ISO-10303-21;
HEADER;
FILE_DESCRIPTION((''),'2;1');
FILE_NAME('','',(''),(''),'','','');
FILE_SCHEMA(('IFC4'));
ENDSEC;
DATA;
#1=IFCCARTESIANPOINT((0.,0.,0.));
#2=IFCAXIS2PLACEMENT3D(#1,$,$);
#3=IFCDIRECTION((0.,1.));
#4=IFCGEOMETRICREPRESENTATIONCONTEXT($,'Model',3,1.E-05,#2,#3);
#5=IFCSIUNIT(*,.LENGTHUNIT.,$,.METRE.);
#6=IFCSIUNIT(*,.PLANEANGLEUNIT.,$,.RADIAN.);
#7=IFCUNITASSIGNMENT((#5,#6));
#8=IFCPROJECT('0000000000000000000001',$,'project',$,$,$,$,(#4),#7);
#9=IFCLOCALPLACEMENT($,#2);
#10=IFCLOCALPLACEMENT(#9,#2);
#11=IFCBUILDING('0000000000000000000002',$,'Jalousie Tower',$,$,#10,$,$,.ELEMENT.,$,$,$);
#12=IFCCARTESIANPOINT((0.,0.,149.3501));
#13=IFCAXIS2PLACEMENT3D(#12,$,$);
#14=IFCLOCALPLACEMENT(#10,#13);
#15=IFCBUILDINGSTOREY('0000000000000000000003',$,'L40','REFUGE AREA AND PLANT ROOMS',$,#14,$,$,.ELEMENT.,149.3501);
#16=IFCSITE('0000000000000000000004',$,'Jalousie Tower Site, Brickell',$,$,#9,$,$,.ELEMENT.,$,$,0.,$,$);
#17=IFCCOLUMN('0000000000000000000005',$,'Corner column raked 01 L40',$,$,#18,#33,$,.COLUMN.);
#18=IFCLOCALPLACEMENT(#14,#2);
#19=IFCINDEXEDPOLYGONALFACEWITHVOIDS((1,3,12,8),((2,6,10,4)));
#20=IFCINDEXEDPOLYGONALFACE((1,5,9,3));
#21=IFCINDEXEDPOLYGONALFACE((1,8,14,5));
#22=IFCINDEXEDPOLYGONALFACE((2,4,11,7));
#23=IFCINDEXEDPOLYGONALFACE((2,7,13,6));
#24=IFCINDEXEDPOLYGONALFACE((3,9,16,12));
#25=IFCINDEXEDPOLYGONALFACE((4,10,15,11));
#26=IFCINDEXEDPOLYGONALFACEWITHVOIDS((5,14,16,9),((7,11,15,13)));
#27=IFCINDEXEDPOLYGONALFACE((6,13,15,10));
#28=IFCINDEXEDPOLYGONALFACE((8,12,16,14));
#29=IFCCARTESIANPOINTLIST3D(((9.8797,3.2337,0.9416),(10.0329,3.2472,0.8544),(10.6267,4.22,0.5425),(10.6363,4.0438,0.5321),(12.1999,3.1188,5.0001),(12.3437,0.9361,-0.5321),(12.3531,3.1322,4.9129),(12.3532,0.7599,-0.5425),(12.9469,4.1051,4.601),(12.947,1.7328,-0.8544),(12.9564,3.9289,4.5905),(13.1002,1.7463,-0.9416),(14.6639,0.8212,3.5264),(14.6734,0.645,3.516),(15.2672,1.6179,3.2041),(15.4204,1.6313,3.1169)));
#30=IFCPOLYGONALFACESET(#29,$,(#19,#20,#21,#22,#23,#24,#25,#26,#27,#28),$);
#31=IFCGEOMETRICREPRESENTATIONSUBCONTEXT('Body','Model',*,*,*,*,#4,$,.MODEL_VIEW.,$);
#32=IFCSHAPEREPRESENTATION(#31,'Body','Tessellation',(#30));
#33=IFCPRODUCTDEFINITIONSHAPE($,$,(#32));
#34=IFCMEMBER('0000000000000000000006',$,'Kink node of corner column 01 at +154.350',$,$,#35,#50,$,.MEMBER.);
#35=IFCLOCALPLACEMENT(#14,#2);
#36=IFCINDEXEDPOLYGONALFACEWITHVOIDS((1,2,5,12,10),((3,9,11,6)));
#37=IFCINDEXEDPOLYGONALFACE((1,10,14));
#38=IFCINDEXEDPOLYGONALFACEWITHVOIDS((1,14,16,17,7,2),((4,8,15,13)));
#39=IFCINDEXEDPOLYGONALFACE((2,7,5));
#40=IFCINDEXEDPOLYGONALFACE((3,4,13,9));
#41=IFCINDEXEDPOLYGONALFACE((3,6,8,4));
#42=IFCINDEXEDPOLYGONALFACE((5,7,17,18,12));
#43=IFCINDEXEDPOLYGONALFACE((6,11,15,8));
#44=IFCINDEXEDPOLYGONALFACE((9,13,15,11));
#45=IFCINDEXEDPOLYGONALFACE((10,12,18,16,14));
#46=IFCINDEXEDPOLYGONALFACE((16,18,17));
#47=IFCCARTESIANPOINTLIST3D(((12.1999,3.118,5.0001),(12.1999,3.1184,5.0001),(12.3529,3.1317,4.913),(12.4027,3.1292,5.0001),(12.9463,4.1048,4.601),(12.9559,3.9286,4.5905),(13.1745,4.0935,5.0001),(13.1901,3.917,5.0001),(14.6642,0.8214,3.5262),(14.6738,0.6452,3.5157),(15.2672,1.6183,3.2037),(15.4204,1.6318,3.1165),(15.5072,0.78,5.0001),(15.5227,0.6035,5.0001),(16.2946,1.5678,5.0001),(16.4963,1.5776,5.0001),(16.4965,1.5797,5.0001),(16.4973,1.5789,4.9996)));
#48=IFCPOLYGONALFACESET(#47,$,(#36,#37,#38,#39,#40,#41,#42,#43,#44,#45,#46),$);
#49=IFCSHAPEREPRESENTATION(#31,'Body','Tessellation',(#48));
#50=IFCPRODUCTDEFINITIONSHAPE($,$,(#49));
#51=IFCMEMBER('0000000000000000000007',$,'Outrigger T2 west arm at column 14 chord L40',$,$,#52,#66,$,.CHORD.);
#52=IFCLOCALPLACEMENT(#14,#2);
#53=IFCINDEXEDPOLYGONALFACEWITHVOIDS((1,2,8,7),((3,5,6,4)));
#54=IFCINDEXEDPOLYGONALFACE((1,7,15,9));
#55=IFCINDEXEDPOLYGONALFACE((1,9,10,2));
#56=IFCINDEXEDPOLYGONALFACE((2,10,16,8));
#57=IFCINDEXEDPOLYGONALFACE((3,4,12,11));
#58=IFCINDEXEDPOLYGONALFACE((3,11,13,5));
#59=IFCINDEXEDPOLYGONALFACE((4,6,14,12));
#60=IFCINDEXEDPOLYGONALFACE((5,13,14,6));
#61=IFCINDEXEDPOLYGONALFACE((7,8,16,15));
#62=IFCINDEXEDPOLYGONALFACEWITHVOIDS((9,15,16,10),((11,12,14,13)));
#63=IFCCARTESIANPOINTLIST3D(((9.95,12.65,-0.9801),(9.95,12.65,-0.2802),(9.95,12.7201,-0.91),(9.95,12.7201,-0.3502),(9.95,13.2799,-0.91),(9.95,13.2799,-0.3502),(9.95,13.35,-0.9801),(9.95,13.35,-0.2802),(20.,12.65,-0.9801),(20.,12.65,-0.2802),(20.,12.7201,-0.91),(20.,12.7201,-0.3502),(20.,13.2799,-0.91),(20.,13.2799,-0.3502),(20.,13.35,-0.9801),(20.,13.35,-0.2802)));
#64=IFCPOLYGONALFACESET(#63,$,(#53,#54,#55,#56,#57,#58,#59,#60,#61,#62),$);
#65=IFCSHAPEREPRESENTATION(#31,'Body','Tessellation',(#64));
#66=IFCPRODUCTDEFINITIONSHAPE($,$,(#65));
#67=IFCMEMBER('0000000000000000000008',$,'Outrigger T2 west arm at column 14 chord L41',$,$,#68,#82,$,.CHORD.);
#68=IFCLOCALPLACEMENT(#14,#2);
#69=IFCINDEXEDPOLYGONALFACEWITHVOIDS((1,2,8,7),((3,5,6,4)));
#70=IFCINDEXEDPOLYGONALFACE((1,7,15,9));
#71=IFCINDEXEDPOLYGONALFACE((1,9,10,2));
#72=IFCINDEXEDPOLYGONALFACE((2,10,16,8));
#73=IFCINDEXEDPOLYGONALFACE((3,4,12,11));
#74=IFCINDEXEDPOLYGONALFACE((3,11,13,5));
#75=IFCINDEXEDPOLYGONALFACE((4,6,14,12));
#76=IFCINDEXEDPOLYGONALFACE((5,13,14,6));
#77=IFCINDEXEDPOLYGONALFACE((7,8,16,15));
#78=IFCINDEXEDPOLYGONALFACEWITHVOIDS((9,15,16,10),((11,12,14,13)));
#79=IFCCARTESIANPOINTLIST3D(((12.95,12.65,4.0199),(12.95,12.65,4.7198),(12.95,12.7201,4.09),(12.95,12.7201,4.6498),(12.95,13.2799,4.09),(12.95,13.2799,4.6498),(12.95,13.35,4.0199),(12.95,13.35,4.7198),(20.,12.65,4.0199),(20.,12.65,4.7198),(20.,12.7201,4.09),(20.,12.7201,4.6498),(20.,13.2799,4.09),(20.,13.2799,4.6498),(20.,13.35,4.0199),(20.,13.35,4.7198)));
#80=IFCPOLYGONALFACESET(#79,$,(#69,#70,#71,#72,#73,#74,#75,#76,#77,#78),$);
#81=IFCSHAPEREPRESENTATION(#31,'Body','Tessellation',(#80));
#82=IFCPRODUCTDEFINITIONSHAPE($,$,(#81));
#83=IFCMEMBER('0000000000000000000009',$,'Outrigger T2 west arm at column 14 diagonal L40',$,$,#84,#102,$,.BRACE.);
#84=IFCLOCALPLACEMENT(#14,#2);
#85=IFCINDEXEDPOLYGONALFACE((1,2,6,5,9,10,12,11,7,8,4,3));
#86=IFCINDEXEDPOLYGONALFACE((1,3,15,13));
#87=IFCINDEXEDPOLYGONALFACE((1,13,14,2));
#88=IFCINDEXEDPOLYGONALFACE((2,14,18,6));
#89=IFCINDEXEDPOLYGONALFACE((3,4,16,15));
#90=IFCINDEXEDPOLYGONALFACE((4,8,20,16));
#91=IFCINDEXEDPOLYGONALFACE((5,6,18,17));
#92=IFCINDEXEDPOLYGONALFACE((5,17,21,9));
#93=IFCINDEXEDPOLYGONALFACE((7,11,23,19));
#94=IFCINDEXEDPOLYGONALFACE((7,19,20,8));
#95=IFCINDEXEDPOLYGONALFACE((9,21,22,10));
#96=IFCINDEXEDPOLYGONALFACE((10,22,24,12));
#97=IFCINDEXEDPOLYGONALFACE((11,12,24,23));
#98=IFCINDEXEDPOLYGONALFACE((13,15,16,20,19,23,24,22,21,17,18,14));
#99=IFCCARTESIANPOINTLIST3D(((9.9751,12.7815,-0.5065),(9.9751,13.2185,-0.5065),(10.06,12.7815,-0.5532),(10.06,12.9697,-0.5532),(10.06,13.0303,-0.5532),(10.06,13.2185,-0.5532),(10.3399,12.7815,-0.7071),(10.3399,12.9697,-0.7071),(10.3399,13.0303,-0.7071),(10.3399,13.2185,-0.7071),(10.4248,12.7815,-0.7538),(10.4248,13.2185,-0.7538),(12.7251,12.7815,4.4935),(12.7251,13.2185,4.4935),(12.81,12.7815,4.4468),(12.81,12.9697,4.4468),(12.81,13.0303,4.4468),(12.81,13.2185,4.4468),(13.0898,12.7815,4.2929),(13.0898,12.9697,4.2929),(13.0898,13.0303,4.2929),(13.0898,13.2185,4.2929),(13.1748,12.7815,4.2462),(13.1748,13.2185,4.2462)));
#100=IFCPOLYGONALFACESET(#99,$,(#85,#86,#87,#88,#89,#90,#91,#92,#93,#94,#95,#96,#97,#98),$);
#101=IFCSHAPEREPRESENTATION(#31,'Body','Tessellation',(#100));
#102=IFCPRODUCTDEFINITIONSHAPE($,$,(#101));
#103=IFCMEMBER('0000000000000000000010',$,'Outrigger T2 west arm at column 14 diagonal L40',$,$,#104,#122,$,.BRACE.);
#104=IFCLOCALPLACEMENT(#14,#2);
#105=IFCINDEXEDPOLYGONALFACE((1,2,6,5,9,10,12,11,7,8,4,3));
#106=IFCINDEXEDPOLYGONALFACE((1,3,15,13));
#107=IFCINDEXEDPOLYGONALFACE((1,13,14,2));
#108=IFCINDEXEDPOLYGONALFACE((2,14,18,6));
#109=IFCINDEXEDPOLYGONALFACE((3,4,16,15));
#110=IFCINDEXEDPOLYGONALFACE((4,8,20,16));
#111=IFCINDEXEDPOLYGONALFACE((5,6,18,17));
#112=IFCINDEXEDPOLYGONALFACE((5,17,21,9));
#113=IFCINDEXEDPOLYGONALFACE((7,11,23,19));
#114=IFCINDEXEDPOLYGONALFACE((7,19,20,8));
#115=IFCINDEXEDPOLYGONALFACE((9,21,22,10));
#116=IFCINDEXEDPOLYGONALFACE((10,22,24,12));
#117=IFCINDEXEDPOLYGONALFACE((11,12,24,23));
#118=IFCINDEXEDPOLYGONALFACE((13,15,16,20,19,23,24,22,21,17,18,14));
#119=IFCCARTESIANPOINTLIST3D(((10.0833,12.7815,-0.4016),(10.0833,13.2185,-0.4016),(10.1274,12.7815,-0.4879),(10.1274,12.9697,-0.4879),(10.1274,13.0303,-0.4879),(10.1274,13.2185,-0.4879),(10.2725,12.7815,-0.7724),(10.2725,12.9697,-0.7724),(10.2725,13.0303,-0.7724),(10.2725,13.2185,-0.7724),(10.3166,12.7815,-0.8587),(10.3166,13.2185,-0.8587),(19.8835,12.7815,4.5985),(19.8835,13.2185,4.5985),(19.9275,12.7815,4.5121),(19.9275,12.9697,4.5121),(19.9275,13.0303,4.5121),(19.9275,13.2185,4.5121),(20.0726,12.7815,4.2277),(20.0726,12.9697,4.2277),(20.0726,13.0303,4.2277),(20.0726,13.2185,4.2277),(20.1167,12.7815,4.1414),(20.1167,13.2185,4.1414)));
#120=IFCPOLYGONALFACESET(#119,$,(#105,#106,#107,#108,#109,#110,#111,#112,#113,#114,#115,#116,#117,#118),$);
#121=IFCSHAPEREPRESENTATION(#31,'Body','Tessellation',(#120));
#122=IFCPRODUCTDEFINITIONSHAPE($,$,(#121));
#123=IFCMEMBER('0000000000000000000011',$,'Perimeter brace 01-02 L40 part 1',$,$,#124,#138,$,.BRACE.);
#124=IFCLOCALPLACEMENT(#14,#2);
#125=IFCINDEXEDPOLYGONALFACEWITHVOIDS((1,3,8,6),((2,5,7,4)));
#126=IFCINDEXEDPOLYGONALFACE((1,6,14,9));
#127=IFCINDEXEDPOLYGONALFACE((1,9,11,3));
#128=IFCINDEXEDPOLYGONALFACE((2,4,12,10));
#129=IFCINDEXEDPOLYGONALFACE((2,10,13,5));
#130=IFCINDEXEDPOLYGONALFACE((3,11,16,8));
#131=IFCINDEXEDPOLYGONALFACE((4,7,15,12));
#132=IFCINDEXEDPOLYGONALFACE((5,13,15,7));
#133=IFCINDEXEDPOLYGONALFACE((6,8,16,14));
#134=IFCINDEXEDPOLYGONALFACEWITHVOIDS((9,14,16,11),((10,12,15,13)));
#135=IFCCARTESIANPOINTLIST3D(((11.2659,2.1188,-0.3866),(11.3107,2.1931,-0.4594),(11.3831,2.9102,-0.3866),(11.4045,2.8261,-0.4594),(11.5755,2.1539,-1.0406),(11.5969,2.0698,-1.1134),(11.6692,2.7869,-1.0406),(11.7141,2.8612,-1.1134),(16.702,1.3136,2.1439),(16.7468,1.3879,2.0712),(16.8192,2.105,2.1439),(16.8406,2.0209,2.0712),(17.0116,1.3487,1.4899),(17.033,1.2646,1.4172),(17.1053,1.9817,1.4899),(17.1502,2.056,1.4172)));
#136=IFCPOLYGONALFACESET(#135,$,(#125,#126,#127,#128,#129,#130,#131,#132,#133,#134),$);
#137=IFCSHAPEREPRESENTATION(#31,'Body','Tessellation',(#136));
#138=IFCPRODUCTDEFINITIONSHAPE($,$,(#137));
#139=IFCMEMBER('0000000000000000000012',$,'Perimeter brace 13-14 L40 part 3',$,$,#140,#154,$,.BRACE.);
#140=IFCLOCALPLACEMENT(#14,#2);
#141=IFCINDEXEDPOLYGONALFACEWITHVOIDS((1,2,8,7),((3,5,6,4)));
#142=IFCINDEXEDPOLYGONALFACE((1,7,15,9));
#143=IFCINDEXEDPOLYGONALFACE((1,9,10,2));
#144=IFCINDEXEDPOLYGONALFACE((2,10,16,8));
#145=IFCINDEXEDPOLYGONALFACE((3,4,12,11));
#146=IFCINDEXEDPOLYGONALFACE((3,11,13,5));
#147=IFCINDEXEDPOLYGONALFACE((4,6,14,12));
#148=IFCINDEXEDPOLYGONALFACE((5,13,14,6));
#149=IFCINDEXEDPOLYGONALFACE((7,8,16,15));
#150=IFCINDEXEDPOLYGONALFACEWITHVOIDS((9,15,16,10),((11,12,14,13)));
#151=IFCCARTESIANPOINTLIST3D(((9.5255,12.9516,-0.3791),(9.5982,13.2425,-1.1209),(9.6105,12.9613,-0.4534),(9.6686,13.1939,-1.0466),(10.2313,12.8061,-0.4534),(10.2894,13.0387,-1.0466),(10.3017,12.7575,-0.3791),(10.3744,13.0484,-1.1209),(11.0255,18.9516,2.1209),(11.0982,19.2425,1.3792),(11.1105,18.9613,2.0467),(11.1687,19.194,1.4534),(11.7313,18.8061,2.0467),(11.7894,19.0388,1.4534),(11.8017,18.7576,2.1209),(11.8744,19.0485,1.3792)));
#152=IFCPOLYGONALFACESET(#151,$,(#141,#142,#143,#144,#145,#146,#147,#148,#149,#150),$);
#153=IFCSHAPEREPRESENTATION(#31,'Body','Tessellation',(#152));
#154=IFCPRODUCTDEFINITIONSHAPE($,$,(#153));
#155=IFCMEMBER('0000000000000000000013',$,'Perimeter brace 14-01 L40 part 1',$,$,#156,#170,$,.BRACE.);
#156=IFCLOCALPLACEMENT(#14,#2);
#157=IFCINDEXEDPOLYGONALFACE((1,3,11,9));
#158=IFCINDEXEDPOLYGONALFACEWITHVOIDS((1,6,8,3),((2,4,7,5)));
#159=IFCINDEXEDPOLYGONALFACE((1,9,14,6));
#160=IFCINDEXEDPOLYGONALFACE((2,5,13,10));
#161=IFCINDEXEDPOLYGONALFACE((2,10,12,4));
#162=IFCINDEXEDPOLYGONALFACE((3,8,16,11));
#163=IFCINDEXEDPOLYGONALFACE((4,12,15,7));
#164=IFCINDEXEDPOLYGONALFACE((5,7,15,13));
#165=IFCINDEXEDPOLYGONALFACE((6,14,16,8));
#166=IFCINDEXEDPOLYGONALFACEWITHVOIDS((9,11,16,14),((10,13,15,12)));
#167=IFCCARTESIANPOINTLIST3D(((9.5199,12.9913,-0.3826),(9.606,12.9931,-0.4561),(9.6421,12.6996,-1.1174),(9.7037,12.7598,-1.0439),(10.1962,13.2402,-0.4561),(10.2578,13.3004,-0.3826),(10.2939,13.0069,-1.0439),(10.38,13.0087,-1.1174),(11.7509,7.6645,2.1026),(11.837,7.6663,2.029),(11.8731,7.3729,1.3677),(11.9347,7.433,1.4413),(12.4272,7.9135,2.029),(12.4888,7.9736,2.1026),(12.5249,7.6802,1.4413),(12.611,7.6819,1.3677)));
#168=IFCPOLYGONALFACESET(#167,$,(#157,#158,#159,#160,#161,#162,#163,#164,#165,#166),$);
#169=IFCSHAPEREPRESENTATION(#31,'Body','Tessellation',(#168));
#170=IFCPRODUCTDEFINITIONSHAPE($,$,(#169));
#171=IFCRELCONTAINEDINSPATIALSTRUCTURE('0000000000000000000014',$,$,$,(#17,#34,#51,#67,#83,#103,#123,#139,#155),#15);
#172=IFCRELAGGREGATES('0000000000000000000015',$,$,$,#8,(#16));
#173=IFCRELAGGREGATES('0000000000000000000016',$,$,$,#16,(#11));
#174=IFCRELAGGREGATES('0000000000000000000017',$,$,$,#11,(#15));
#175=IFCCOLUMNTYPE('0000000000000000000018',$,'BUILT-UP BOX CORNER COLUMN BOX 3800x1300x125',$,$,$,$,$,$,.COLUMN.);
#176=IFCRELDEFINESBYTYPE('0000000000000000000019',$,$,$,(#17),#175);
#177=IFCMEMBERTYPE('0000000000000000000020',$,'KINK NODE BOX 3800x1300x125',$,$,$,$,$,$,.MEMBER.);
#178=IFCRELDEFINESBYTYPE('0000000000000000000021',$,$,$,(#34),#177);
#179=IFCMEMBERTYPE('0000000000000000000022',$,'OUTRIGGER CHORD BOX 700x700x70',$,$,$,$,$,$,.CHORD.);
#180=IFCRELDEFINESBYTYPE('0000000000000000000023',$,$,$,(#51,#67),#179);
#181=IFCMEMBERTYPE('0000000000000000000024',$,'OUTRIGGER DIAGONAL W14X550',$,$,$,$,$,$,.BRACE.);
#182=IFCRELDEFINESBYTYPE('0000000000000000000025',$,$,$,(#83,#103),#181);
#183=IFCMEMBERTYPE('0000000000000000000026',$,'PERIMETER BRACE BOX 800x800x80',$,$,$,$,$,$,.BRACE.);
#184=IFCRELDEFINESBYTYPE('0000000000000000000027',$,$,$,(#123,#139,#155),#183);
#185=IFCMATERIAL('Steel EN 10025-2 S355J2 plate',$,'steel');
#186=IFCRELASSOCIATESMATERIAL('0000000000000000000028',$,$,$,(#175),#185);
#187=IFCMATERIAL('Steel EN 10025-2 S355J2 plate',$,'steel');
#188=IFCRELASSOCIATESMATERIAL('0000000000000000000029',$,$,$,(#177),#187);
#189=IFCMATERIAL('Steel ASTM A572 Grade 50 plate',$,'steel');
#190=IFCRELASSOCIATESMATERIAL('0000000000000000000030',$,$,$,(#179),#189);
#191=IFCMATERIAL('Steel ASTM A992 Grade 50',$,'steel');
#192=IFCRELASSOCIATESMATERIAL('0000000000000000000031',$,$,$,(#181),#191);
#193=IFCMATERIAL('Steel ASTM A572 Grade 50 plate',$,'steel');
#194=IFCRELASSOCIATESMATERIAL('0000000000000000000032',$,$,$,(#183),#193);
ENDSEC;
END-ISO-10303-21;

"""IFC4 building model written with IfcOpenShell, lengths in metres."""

from ifc_helpers import new_model, si_unit, direction, frame, origin, origin_2d, place, context, subcontext, project, spatial, hollow_rectangle, i_section, extrude, clip, halfspace, material, material_profile, profile_set, type_object, element, save


model = new_model("IFC4")

# Units and contexts
model_context = context("Model", 3, precision=1e-05, world=origin(), true_north=direction((0.0, 1.0)))
body_context = subcontext(model_context, "Body", "Model", "MODEL_VIEW")
ifc_project = project(units=[si_unit("LENGTHUNIT", "METRE"), si_unit("PLANEANGLEUNIT", "RADIAN")], contexts=[model_context])

# Site, building, storey
site_placement = place(None, origin())
site = spatial("IfcSite", under=ifc_project, at=site_placement, Name="Jalousie Tower Site, Brickell", CompositionType="ELEMENT", RefElevation=0.0)
building_placement = place(site_placement, origin())
building = spatial("IfcBuilding", under=site, at=building_placement, Name="Jalousie Tower", CompositionType="ELEMENT")
storey_placement = place(building_placement, frame((0.0, 0.0, 149.3501)))
storey = spatial("IfcBuildingStorey", under=building, at=storey_placement, Name="L40", Description="REFUGE AREA AND PLANT ROOMS", CompositionType="ELEMENT", Elevation=149.3501)

# Column
ifc_material_1 = material(Name="Steel EN 10025-2 S355J2 plate", Category="steel")
ifc_material_profile_1 = material_profile(ifc_material_1, hollow_rectangle(XDim=1.3, YDim=3.8, WallThickness=0.125, at=origin_2d()), Name="BOX 3800x1300x125")
ifc_profile_set_1 = profile_set([ifc_material_profile_1], Name="Steel EN 10025-2 S355J2 plate")
column_type = type_object("IfcColumnType", Name="BUILT-UP BOX CORNER COLUMN BOX 3800x1300x125", PredefinedType="COLUMN", material=ifc_profile_set_1)
column_placement = place(storey_placement, frame((11.49, 2.49, 0.0), z_axis=(0.496153, -0.024579, 0.867887), x_axis=(0.574583, 0.75869, -0.306991)))
element("IfcColumn", 1, at=column_placement, inside=storey, type_object=column_type, Name="Corner column raked 01 L40", PredefinedType="COLUMN", context=body_context, shape_type="SweptSolid", body=[
    extrude(hollow_rectangle(XDim=1.3, YDim=3.8, WallThickness=0.125, at=origin_2d()), origin(), (0.0, 0.0, 1.0), 4.6763),
])

# Members
ifc_material_2 = material(Name="Steel EN 10025-2 S355J2 plate", Category="steel")
ifc_material_profile_2 = material_profile(ifc_material_2, hollow_rectangle(XDim=1.3, YDim=3.8, WallThickness=0.125, at=origin_2d()), Name="BOX 3800x1300x125")
ifc_profile_set_2 = profile_set([ifc_material_profile_2], Name="Steel EN 10025-2 S355J2 plate")
member_type_1 = type_object("IfcMemberType", Name="KINK NODE BOX 3800x1300x125", PredefinedType="MEMBER", material=ifc_profile_set_2)
member_1_placement = place(storey_placement, frame((13.8101, 2.375, 4.0583), z_axis=(0.496294, -0.024415, 0.867811), x_axis=(0.574276, 0.758889, -0.307073)))
element("IfcMember", 2, at=member_1_placement, inside=storey, type_object=member_type_1, Name="Kink node of corner column 01 at +154.350", PredefinedType="MEMBER", context=body_context, shape_type="Clipping", body=[
    clip(extrude(hollow_rectangle(XDim=1.3, YDim=3.8, WallThickness=0.125, at=origin_2d()), origin(), (0.0, 0.0, 1.0), 2.1699), halfspace(frame((0.0, 0.0, 1.0852), z_axis=(-0.307073, 0.390653, 0.867811)), False)),
])
ifc_material_3 = material(Name="Steel ASTM A572 Grade 50 plate", Category="steel")
ifc_material_profile_3 = material_profile(ifc_material_3, hollow_rectangle(XDim=0.7, YDim=0.7, WallThickness=0.0701, at=origin_2d()), Name="BOX 700x700x70")
ifc_profile_set_3 = profile_set([ifc_material_profile_3], Name="Steel ASTM A572 Grade 50 plate")
member_type_2 = type_object("IfcMemberType", Name="OUTRIGGER CHORD BOX 700x700x70", PredefinedType="CHORD", material=ifc_profile_set_3)
member_2_placement = place(storey_placement, frame((9.95, 13.0, -0.6301), z_axis=(1.0, 0.0, 0.0), x_axis=(0.0, 1.0, 0.0)))
element("IfcMember", 3, at=member_2_placement, inside=storey, type_object=member_type_2, Name="Outrigger T2 west arm at column 14 chord L40", PredefinedType="CHORD", context=body_context, shape_type="SweptSolid", body=[
    extrude(hollow_rectangle(XDim=0.7, YDim=0.7, WallThickness=0.0701, at=origin_2d()), origin(), (0.0, 0.0, 1.0), 10.05),
])
member_3_placement = place(storey_placement, frame((12.95, 13.0, 4.3699), z_axis=(1.0, 0.0, 0.0), x_axis=(0.0, 1.0, 0.0)))
element("IfcMember", 4, at=member_3_placement, inside=storey, type_object=member_type_2, Name="Outrigger T2 west arm at column 14 chord L41", PredefinedType="CHORD", context=body_context, shape_type="SweptSolid", body=[
    extrude(hollow_rectangle(XDim=0.7, YDim=0.7, WallThickness=0.0701, at=origin_2d()), origin(), (0.0, 0.0, 1.0), 7.05),
])
ifc_material_4 = material(Name="Steel ASTM A992 Grade 50", Category="steel")
ifc_material_profile_4 = material_profile(ifc_material_4, i_section(OverallWidth=0.437, OverallDepth=0.5132, WebThickness=0.0605, FlangeThickness=0.0969, at=origin_2d()), Name="W14X550")
ifc_profile_set_4 = profile_set([ifc_material_profile_4], Name="Steel ASTM A992 Grade 50")
member_type_3 = type_object("IfcMemberType", Name="OUTRIGGER DIAGONAL W14X550", PredefinedType="BRACE", material=ifc_profile_set_4)
member_4_placement = place(storey_placement, frame((10.2, 13.0, -0.6301), z_axis=(0.481919, 0.0, 0.876216), x_axis=(0.0, 1.0, 0.0)))
element("IfcMember", 5, at=member_4_placement, inside=storey, type_object=member_type_3, Name="Outrigger T2 west arm at column 14 diagonal L40", PredefinedType="BRACE", context=body_context, shape_type="SweptSolid", body=[
    extrude(i_section(OverallWidth=0.437, OverallDepth=0.5132, WebThickness=0.0605, FlangeThickness=0.0969, at=origin_2d()), origin(), (0.0, 0.0, 1.0), 5.7063),
])
member_5_placement = place(storey_placement, frame((10.2, 13.0, -0.6301), z_axis=(0.890763, 0.0, 0.454469), x_axis=(0.0, 1.0, 0.0)))
element("IfcMember", 6, at=member_5_placement, inside=storey, type_object=member_type_3, Name="Outrigger T2 west arm at column 14 diagonal L40", PredefinedType="BRACE", context=body_context, shape_type="SweptSolid", body=[
    extrude(i_section(OverallWidth=0.437, OverallDepth=0.5132, WebThickness=0.0605, FlangeThickness=0.0969, at=origin_2d()), origin(), (0.0, 0.0, 1.0), 11.002),
])
ifc_material_5 = material(Name="Steel ASTM A572 Grade 50 plate", Category="steel")
ifc_material_profile_5 = material_profile(ifc_material_5, hollow_rectangle(XDim=0.8, YDim=0.8, WallThickness=0.0801, at=origin_2d()), Name="BOX 800x800x80")
ifc_profile_set_5 = profile_set([ifc_material_profile_5], Name="Steel ASTM A572 Grade 50 plate")
member_type_4 = type_object("IfcMemberType", Name="PERIMETER BRACE BOX 800x800x80", PredefinedType="BRACE", material=ifc_profile_set_5)
member_6_placement = place(storey_placement, frame((11.49, 2.49, -0.75), z_axis=(0.898521, -0.133087, 0.418268), x_axis=(0.14652, 0.989208, 0.0)))
element("IfcMember", 7, at=member_6_placement, inside=storey, type_object=member_type_4, Name="Perimeter brace 01-02 L40 part 1", PredefinedType="BRACE", context=body_context, shape_type="SweptSolid", body=[
    extrude(hollow_rectangle(XDim=0.8, YDim=0.8, WallThickness=0.0801, at=origin_2d()), origin(), (0.0, 0.0, 1.0), 6.05),
])
member_7_placement = place(storey_placement, frame((9.95, 13.0, -0.75), z_axis=(0.22486, 0.899438, 0.374766), x_axis=(-0.970143, 0.242536, 0.0)))
element("IfcMember", 8, at=member_7_placement, inside=storey, type_object=member_type_4, Name="Perimeter brace 13-14 L40 part 3", PredefinedType="BRACE", context=body_context, shape_type="SweptSolid", body=[
    extrude(hollow_rectangle(XDim=0.8, YDim=0.8, WallThickness=0.0801, at=origin_2d()), origin(), (0.0, 0.0, 1.0), 6.6709),
])
member_8_placement = place(storey_placement, frame((9.95, 13.0, -0.75), z_axis=(0.354853, -0.847251, 0.395278), x_axis=(0.922367, 0.386314, 0.0)))
element("IfcMember", 9, at=member_8_placement, inside=storey, type_object=member_type_4, Name="Perimeter brace 14-01 L40 part 1", PredefinedType="BRACE", context=body_context, shape_type="SweptSolid", body=[
    extrude(hollow_rectangle(XDim=0.8, YDim=0.8, WallThickness=0.0801, at=origin_2d()), origin(), (0.0, 0.0, 1.0), 6.2871),
])

save(model, "model.ifc")
